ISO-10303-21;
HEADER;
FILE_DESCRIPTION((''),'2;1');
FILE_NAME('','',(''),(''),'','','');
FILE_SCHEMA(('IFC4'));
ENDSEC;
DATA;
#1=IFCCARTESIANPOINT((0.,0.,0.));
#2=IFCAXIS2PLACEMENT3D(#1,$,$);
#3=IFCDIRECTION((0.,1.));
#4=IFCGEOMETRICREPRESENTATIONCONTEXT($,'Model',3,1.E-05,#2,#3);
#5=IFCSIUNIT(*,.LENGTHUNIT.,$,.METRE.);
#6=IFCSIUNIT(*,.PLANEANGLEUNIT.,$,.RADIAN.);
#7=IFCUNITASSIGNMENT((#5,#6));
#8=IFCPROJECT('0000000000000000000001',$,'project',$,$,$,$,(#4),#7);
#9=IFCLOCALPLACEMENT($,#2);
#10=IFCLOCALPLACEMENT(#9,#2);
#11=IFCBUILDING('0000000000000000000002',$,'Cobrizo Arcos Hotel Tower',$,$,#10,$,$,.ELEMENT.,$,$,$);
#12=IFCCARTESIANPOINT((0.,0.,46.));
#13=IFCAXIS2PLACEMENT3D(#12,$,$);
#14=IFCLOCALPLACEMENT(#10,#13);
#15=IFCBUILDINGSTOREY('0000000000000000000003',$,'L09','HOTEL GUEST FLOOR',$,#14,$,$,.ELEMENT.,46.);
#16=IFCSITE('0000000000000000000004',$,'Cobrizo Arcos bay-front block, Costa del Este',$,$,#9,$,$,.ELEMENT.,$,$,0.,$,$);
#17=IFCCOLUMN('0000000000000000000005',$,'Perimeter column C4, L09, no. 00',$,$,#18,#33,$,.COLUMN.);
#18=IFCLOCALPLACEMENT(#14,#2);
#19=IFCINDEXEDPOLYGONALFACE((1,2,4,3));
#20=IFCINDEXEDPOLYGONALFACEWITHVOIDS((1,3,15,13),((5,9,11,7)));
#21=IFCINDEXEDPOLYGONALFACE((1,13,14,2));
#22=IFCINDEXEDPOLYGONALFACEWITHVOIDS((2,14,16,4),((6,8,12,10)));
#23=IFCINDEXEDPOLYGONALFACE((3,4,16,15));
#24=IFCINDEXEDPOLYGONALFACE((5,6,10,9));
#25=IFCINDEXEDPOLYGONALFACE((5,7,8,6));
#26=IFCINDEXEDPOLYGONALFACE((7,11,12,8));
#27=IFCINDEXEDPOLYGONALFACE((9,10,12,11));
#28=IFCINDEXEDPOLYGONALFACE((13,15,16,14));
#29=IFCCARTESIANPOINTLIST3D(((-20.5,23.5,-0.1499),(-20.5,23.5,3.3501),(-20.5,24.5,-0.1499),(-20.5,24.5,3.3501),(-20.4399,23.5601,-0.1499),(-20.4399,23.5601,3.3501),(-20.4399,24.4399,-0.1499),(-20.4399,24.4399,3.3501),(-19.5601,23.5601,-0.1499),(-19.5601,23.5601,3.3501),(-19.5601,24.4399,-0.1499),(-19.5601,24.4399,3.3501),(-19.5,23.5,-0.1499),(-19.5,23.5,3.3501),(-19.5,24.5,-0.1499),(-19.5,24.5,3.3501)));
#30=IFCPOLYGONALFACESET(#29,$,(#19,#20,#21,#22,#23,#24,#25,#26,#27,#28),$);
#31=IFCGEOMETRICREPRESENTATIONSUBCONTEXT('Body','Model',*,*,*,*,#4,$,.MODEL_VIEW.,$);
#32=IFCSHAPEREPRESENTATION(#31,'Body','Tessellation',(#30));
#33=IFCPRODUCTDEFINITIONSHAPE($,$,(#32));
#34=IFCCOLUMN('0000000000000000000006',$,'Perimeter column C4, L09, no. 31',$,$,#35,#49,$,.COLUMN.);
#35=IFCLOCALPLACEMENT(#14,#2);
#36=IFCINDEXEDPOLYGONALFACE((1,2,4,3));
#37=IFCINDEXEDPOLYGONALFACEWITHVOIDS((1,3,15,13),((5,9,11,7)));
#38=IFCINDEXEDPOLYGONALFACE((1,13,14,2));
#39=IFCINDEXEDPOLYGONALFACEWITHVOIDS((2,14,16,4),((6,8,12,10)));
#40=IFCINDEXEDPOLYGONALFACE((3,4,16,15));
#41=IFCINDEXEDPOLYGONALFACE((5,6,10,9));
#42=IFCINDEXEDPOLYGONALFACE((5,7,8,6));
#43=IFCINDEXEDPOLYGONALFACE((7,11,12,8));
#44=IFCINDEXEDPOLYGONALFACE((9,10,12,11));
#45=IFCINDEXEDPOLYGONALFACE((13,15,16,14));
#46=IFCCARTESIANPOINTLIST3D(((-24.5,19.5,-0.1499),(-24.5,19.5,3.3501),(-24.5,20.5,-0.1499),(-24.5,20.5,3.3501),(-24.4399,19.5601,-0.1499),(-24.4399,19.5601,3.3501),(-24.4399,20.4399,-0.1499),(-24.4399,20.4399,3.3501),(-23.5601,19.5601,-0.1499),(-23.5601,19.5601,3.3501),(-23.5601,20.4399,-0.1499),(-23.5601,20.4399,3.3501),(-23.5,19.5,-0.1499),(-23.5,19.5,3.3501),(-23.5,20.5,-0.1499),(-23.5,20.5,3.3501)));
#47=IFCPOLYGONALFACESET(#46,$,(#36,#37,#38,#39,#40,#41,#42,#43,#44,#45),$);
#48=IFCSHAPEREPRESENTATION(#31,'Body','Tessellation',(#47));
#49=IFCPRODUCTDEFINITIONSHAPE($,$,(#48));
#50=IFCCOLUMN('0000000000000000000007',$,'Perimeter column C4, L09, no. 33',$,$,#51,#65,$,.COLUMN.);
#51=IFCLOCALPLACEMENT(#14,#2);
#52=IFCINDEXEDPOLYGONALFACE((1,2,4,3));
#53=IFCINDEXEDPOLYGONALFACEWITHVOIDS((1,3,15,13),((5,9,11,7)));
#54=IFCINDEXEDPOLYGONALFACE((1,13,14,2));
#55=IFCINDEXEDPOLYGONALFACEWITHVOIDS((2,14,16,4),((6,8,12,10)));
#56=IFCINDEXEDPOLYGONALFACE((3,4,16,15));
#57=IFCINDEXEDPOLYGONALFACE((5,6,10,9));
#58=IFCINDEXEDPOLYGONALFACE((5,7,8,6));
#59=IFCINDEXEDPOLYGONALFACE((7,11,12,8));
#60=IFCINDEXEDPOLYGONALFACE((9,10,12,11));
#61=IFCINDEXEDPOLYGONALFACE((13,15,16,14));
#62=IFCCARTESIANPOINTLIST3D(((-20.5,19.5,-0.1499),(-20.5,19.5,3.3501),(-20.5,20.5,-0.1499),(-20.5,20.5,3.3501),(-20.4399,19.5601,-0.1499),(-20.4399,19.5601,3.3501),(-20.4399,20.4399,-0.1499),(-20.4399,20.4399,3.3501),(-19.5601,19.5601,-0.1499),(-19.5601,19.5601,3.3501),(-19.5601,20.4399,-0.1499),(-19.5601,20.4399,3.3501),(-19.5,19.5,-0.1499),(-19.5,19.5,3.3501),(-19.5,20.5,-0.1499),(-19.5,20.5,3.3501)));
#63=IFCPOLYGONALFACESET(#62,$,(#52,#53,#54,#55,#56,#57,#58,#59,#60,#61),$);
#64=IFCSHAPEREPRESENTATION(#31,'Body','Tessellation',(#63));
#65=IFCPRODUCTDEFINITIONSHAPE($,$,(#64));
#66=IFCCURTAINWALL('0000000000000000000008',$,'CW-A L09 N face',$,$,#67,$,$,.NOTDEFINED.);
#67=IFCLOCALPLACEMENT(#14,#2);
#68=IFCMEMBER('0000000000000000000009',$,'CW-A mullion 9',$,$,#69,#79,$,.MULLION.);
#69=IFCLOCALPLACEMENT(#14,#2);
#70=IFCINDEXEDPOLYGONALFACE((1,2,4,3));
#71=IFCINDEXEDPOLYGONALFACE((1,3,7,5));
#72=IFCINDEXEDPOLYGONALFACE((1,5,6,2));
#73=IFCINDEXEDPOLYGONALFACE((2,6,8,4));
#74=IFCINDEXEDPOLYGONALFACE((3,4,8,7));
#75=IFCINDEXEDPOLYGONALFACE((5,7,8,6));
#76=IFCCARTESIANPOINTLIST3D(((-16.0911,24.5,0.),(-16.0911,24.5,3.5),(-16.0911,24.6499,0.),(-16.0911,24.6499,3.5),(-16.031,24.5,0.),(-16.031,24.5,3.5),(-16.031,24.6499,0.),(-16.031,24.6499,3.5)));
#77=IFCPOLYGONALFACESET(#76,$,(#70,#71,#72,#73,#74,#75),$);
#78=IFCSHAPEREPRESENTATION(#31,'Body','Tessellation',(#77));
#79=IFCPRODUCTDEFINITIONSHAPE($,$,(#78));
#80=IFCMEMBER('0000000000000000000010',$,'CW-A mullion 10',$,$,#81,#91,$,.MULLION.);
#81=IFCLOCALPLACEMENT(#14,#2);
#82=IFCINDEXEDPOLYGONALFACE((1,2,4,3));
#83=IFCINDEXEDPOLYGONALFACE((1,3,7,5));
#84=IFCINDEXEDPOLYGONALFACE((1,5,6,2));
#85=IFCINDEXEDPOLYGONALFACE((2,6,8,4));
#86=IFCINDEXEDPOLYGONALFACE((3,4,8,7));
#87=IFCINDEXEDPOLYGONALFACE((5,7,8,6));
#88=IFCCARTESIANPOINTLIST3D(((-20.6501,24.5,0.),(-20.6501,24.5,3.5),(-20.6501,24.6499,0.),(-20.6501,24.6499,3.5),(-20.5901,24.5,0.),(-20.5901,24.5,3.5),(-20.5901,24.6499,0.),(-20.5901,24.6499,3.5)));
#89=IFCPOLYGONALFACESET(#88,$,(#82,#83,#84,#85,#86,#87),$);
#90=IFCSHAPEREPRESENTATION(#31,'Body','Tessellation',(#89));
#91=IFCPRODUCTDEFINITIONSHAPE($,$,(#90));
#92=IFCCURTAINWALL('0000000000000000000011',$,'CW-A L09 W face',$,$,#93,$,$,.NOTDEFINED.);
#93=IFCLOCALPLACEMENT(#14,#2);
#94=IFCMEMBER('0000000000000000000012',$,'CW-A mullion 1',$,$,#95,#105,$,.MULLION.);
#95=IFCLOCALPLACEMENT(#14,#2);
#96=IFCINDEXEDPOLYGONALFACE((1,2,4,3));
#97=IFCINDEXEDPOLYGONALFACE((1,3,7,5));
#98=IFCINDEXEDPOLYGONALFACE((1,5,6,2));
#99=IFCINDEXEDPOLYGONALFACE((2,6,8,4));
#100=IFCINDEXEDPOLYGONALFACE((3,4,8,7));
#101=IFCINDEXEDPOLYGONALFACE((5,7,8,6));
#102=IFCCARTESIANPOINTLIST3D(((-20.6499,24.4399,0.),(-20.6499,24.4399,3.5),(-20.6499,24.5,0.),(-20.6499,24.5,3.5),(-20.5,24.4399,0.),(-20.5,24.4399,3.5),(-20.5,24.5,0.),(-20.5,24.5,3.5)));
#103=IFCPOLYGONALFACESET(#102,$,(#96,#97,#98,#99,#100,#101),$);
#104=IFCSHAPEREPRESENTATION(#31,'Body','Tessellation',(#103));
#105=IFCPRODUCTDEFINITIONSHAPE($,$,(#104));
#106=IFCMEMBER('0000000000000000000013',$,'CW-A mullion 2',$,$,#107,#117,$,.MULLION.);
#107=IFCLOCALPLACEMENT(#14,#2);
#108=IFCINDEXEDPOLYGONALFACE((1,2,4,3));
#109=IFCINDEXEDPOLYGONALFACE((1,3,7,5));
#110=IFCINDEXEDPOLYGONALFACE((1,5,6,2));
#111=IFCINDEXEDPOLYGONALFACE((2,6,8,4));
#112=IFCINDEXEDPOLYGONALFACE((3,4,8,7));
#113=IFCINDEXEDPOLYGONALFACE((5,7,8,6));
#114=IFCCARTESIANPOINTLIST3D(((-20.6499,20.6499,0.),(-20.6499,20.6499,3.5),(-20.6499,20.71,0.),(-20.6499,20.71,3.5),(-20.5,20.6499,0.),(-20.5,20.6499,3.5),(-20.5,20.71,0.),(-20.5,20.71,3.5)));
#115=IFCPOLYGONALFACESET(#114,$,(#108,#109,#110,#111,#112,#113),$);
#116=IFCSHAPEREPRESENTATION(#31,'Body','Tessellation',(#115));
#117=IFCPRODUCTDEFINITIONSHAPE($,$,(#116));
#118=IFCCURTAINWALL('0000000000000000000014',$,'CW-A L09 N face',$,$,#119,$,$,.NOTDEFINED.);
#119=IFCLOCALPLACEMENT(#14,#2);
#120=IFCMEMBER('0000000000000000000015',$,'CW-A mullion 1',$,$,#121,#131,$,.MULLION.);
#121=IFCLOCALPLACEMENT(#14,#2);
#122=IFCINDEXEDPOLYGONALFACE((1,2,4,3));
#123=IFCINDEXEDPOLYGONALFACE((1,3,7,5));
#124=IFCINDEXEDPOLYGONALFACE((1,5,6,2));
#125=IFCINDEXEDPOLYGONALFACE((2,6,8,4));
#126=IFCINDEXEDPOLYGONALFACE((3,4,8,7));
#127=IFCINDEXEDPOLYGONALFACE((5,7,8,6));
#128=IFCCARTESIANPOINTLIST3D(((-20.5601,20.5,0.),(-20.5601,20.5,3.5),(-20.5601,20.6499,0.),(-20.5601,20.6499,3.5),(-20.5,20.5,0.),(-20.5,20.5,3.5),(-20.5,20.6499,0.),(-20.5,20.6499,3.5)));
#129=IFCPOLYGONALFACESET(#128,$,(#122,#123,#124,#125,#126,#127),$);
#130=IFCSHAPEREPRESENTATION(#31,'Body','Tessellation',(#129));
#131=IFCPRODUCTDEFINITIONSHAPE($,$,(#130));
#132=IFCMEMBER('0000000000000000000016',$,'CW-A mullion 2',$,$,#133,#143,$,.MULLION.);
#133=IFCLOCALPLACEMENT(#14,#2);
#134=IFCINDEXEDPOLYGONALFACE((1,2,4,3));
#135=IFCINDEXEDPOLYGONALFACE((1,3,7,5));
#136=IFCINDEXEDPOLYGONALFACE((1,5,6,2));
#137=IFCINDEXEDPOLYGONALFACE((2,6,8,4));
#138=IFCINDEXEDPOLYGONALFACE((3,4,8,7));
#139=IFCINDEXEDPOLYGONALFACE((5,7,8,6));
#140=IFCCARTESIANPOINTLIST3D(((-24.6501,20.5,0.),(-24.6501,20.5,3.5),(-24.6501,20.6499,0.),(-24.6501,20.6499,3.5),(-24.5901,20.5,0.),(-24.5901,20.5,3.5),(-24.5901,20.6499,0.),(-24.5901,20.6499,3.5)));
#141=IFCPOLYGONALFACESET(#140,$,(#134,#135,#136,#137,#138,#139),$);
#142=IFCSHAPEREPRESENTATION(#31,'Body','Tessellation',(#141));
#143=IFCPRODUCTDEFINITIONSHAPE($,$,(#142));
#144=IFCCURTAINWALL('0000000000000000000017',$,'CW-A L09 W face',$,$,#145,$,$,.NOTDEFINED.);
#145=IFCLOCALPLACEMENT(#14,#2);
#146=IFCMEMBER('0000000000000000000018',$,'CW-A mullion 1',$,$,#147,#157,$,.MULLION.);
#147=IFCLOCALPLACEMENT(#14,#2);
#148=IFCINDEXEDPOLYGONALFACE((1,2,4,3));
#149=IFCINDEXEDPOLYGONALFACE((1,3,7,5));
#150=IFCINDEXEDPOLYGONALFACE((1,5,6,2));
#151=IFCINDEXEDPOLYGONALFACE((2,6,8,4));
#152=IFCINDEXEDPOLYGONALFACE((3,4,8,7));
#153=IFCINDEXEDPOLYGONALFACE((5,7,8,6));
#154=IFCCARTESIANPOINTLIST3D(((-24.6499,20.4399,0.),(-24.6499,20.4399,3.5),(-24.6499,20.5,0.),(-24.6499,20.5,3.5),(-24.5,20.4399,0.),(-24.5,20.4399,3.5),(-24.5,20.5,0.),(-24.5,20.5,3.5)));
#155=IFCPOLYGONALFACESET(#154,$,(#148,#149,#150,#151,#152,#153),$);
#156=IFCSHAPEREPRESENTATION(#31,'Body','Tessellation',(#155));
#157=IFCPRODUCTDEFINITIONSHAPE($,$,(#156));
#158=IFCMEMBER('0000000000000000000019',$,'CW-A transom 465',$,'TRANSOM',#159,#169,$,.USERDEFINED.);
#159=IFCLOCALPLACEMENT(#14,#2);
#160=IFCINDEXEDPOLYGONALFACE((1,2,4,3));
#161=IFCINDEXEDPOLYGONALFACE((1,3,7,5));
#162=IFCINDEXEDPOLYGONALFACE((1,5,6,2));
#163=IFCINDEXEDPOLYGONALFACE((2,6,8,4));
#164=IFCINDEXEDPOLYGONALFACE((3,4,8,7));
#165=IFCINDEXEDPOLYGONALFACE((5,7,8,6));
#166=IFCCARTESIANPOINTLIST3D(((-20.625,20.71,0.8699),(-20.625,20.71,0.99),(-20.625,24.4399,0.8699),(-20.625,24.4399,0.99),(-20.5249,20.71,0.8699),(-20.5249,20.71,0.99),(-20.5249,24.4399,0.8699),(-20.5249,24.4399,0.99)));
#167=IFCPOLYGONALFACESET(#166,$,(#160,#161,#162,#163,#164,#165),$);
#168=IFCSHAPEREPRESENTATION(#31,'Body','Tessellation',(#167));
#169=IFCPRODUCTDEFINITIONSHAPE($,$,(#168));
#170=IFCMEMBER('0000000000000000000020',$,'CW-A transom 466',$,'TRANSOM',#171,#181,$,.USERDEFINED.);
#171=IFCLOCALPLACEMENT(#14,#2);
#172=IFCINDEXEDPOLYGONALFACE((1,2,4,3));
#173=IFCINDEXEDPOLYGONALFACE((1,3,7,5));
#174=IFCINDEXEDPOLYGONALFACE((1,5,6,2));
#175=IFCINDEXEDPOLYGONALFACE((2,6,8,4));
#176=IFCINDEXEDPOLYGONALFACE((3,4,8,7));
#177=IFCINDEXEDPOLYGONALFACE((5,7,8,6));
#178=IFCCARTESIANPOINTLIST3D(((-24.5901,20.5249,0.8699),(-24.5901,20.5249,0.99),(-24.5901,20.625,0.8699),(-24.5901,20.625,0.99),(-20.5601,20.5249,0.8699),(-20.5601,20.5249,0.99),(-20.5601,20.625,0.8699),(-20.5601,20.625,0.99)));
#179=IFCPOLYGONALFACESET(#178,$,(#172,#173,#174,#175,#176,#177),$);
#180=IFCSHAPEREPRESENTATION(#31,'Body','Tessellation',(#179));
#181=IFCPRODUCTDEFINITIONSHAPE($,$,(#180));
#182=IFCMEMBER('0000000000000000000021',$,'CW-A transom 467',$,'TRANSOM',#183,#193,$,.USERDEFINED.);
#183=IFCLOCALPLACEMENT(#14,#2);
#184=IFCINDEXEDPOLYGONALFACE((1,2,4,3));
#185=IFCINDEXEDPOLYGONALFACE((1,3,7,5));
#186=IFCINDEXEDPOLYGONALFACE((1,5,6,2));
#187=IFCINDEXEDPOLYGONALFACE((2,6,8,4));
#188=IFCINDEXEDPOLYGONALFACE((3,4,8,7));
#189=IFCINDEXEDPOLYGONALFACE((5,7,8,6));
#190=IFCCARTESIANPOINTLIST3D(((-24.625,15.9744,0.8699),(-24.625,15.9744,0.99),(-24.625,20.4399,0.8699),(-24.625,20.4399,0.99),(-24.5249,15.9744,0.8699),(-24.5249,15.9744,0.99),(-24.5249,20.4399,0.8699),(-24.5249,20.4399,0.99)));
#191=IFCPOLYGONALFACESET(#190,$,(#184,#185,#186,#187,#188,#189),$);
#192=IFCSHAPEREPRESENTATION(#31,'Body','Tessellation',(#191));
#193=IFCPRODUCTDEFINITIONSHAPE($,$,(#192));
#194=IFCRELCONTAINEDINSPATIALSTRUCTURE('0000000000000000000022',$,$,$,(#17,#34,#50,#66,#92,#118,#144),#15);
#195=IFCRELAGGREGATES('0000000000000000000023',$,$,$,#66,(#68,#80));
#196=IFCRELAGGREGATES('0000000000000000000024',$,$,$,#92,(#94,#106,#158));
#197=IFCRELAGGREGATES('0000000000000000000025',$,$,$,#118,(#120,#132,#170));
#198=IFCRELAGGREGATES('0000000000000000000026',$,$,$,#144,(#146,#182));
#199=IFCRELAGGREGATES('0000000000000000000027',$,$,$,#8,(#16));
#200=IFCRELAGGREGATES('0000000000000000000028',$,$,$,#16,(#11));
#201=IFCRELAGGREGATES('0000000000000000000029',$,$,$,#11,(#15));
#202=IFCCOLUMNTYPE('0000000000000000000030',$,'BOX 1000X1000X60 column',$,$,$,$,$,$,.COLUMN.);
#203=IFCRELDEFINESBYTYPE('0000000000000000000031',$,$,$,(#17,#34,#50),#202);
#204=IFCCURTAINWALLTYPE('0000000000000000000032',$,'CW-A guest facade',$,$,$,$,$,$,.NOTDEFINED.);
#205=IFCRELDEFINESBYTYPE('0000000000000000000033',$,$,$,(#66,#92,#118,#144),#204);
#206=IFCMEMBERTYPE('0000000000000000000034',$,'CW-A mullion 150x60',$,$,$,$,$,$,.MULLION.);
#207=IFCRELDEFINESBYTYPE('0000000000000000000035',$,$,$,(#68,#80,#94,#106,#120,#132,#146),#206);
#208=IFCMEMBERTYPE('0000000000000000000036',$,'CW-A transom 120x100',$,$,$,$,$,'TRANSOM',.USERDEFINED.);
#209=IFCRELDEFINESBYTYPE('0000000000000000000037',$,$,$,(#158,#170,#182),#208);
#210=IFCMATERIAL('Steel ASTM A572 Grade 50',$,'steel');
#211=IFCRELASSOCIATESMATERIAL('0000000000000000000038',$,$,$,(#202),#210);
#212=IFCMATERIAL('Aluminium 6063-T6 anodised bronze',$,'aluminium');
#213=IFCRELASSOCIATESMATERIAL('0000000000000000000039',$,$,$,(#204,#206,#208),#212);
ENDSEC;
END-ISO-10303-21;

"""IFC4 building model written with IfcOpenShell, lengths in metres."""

from ifc_helpers import new_model, si_unit, direction, frame, origin, origin_2d, place, context, subcontext, project, spatial, rectangle, hollow_rectangle, extrude, material, material_profile, profile_set, type_object, element, aggregate, save


model = new_model("IFC4")

# Units and contexts
model_context = context("Model", 3, precision=1e-05, world=origin(), true_north=direction((0.0, 1.0)))
body_context = subcontext(model_context, "Body", "Model", "MODEL_VIEW")
ifc_project = project(units=[si_unit("LENGTHUNIT", "METRE"), si_unit("PLANEANGLEUNIT", "RADIAN")], contexts=[model_context])

# Site, building, storey
site_placement = place(None, origin())
site = spatial("IfcSite", under=ifc_project, at=site_placement, Name="Cobrizo Arcos bay-front block, Costa del Este", CompositionType="ELEMENT", RefElevation=0.0)
building_placement = place(site_placement, origin())
building = spatial("IfcBuilding", under=site, at=building_placement, Name="Cobrizo Arcos Hotel Tower", CompositionType="ELEMENT")
storey_placement = place(building_placement, frame((0.0, 0.0, 46.0)))
storey = spatial("IfcBuildingStorey", under=building, at=storey_placement, Name="L09", Description="HOTEL GUEST FLOOR", CompositionType="ELEMENT", Elevation=46.0)

# Columns
ifc_material_1 = material(Name="Steel ASTM A572 Grade 50", Category="steel")
ifc_material_profile_1 = material_profile(ifc_material_1, hollow_rectangle(XDim=1.0, YDim=1.0, WallThickness=0.0601, at=origin_2d()), Name="BOX 1000X1000X60")
ifc_profile_set_1 = profile_set([ifc_material_profile_1], Name="Steel ASTM A572 Grade 50")
column_type = type_object("IfcColumnType", Name="BOX 1000X1000X60 column", PredefinedType="COLUMN", material=ifc_profile_set_1)
for number, where, z_axis, x_axis, name in (
    (1, (-20.0, 24.0, -0.1499), (0.0, 0.0, 1.0), (1.0, 0.0, 0.0), "Perimeter column C4, L09, no. 00"),
    (2, (-24.0, 20.0, -0.1499), (0.0, 0.0, 1.0), (1.0, 0.0, 0.0), "Perimeter column C4, L09, no. 31"),
    (3, (-20.0, 20.0, -0.1499), (0.0, 0.0, 1.0), (1.0, 0.0, 0.0), "Perimeter column C4, L09, no. 33"),
):
    element("IfcColumn", number, at=place(storey_placement, frame(where, z_axis=z_axis, x_axis=x_axis)), inside=storey, type_object=column_type, Name=name, PredefinedType="COLUMN", context=body_context, shape_type="SweptSolid", body=[
        extrude(hollow_rectangle(XDim=1.0, YDim=1.0, WallThickness=0.0601, at=origin_2d()), origin(), (0.0, 0.0, 1.0), 3.5),
    ])

# Curtain walls, members
ifc_material_2 = material(Name="Aluminium 6063-T6 anodised bronze", Category="aluminium")
curtain_wall_type = type_object("IfcCurtainWallType", Name="CW-A guest facade", PredefinedType="NOTDEFINED", material=ifc_material_2)
curtain_wall_1_placement = place(storey_placement, origin())
curtain_wall_1 = element("IfcCurtainWall", 4, at=curtain_wall_1_placement, inside=storey, type_object=curtain_wall_type, Name="CW-A L09 N face", PredefinedType="NOTDEFINED")
ifc_material_profile_2 = material_profile(ifc_material_2, rectangle(XDim=0.1499, YDim=0.0601, at=origin_2d()), Name="CW-A mullion 150x60")
ifc_profile_set_2 = profile_set([ifc_material_profile_2], Name="Aluminium 6063-T6 anodised bronze")
member_type_1 = type_object("IfcMemberType", Name="CW-A mullion 150x60", PredefinedType="MULLION", material=ifc_profile_set_2)
member_1_placement = place(storey_placement, frame((-16.061, 24.575, 0.0), z_axis=(0.0, 0.0, 1.0), x_axis=(0.0, 1.0, 0.0)))
member_1 = element("IfcMember", 5, at=member_1_placement, type_object=member_type_1, Name="CW-A mullion 9", PredefinedType="MULLION", context=body_context, shape_type="SweptSolid", body=[
    extrude(rectangle(XDim=0.1499, YDim=0.0601, at=origin_2d()), origin(), (0.0, 0.0, 1.0), 3.5),
])
member_2_placement = place(storey_placement, frame((-20.6201, 24.575, 0.0), z_axis=(0.0, 0.0, 1.0), x_axis=(0.0, 1.0, 0.0)))
member_2 = element("IfcMember", 6, at=member_2_placement, type_object=member_type_1, Name="CW-A mullion 10", PredefinedType="MULLION", context=body_context, shape_type="SweptSolid", body=[
    extrude(rectangle(XDim=0.1499, YDim=0.0601, at=origin_2d()), origin(), (0.0, 0.0, 1.0), 3.5),
])
curtain_wall_2_placement = place(storey_placement, origin())
curtain_wall_2 = element("IfcCurtainWall", 7, at=curtain_wall_2_placement, inside=storey, type_object=curtain_wall_type, Name="CW-A L09 W face", PredefinedType="NOTDEFINED")
member_3_placement = place(storey_placement, frame((-20.575, 24.47, 0.0), z_axis=(0.0, 0.0, 1.0), x_axis=(-1.0, 0.0, 0.0)))
member_3 = element("IfcMember", 8, at=member_3_placement, type_object=member_type_1, Name="CW-A mullion 1", PredefinedType="MULLION", context=body_context, shape_type="SweptSolid", body=[
    extrude(rectangle(XDim=0.1499, YDim=0.0601, at=origin_2d()), origin(), (0.0, 0.0, 1.0), 3.5),
])
member_4_placement = place(storey_placement, frame((-20.575, 20.6799, 0.0), z_axis=(0.0, 0.0, 1.0), x_axis=(-1.0, 0.0, 0.0)))
member_4 = element("IfcMember", 9, at=member_4_placement, type_object=member_type_1, Name="CW-A mullion 2", PredefinedType="MULLION", context=body_context, shape_type="SweptSolid", body=[
    extrude(rectangle(XDim=0.1499, YDim=0.0601, at=origin_2d()), origin(), (0.0, 0.0, 1.0), 3.5),
])
curtain_wall_3_placement = place(storey_placement, origin())
curtain_wall_3 = element("IfcCurtainWall", 10, at=curtain_wall_3_placement, inside=storey, type_object=curtain_wall_type, Name="CW-A L09 N face", PredefinedType="NOTDEFINED")
member_5_placement = place(storey_placement, frame((-20.53, 20.575, 0.0), z_axis=(0.0, 0.0, 1.0), x_axis=(0.0, 1.0, 0.0)))
member_5 = element("IfcMember", 11, at=member_5_placement, type_object=member_type_1, Name="CW-A mullion 1", PredefinedType="MULLION", context=body_context, shape_type="SweptSolid", body=[
    extrude(rectangle(XDim=0.1499, YDim=0.0601, at=origin_2d()), origin(), (0.0, 0.0, 1.0), 3.5),
])
member_6_placement = place(storey_placement, frame((-24.6201, 20.575, 0.0), z_axis=(0.0, 0.0, 1.0), x_axis=(0.0, 1.0, 0.0)))
member_6 = element("IfcMember", 12, at=member_6_placement, type_object=member_type_1, Name="CW-A mullion 2", PredefinedType="MULLION", context=body_context, shape_type="SweptSolid", body=[
    extrude(rectangle(XDim=0.1499, YDim=0.0601, at=origin_2d()), origin(), (0.0, 0.0, 1.0), 3.5),
])

# Curtain wall, member
curtain_wall_4_placement = place(storey_placement, origin())
curtain_wall_4 = element("IfcCurtainWall", 13, at=curtain_wall_4_placement, inside=storey, type_object=curtain_wall_type, Name="CW-A L09 W face", PredefinedType="NOTDEFINED")
member_7_placement = place(storey_placement, frame((-24.575, 20.47, 0.0), z_axis=(0.0, 0.0, 1.0), x_axis=(-1.0, 0.0, 0.0)))
member_7 = element("IfcMember", 14, at=member_7_placement, type_object=member_type_1, Name="CW-A mullion 1", PredefinedType="MULLION", context=body_context, shape_type="SweptSolid", body=[
    extrude(rectangle(XDim=0.1499, YDim=0.0601, at=origin_2d()), origin(), (0.0, 0.0, 1.0), 3.5),
])

# Members
ifc_material_profile_3 = material_profile(ifc_material_2, rectangle(XDim=0.1001, YDim=0.1201, at=origin_2d()), Name="CW-A transom 120x100")
ifc_profile_set_3 = profile_set([ifc_material_profile_3], Name="Aluminium 6063-T6 anodised bronze")
member_type_2 = type_object("IfcMemberType", Name="CW-A transom 120x100", ElementType="TRANSOM", PredefinedType="USERDEFINED", material=ifc_profile_set_3)
member_8_placement = place(storey_placement, frame((-20.575, 24.4399, 0.9299), z_axis=(0.0, -1.0, 0.0), x_axis=(1.0, 0.0, 0.0)))
member_8 = element("IfcMember", 15, at=member_8_placement, type_object=member_type_2, Name="CW-A transom 465", ObjectType="TRANSOM", PredefinedType="USERDEFINED", context=body_context, shape_type="SweptSolid", body=[
    extrude(rectangle(XDim=0.1001, YDim=0.1201, at=origin_2d()), origin(), (0.0, 0.0, 1.0), 3.73),
])
member_9_placement = place(storey_placement, frame((-20.5601, 20.575, 0.9299), z_axis=(-1.0, 0.0, 0.0), x_axis=(0.0, -1.0, 0.0)))
member_9 = element("IfcMember", 16, at=member_9_placement, type_object=member_type_2, Name="CW-A transom 466", ObjectType="TRANSOM", PredefinedType="USERDEFINED", context=body_context, shape_type="SweptSolid", body=[
    extrude(rectangle(XDim=0.1001, YDim=0.1201, at=origin_2d()), origin(), (0.0, 0.0, 1.0), 4.03),
])
member_10_placement = place(storey_placement, frame((-24.575, 20.4399, 0.9299), z_axis=(0.0, -1.0, 0.0), x_axis=(1.0, 0.0, 0.0)))
member_10 = element("IfcMember", 17, at=member_10_placement, type_object=member_type_2, Name="CW-A transom 467", ObjectType="TRANSOM", PredefinedType="USERDEFINED", context=body_context, shape_type="SweptSolid", body=[
    extrude(rectangle(XDim=0.1001, YDim=0.1201, at=origin_2d()), origin(), (0.0, 0.0, 1.0), 4.4656),
])

aggregate(curtain_wall_1, [member_1, member_2])
aggregate(curtain_wall_2, [member_3, member_4, member_8])
aggregate(curtain_wall_3, [member_5, member_6, member_9])
aggregate(curtain_wall_4, [member_7, member_10])

save(model, "model.ifc")
